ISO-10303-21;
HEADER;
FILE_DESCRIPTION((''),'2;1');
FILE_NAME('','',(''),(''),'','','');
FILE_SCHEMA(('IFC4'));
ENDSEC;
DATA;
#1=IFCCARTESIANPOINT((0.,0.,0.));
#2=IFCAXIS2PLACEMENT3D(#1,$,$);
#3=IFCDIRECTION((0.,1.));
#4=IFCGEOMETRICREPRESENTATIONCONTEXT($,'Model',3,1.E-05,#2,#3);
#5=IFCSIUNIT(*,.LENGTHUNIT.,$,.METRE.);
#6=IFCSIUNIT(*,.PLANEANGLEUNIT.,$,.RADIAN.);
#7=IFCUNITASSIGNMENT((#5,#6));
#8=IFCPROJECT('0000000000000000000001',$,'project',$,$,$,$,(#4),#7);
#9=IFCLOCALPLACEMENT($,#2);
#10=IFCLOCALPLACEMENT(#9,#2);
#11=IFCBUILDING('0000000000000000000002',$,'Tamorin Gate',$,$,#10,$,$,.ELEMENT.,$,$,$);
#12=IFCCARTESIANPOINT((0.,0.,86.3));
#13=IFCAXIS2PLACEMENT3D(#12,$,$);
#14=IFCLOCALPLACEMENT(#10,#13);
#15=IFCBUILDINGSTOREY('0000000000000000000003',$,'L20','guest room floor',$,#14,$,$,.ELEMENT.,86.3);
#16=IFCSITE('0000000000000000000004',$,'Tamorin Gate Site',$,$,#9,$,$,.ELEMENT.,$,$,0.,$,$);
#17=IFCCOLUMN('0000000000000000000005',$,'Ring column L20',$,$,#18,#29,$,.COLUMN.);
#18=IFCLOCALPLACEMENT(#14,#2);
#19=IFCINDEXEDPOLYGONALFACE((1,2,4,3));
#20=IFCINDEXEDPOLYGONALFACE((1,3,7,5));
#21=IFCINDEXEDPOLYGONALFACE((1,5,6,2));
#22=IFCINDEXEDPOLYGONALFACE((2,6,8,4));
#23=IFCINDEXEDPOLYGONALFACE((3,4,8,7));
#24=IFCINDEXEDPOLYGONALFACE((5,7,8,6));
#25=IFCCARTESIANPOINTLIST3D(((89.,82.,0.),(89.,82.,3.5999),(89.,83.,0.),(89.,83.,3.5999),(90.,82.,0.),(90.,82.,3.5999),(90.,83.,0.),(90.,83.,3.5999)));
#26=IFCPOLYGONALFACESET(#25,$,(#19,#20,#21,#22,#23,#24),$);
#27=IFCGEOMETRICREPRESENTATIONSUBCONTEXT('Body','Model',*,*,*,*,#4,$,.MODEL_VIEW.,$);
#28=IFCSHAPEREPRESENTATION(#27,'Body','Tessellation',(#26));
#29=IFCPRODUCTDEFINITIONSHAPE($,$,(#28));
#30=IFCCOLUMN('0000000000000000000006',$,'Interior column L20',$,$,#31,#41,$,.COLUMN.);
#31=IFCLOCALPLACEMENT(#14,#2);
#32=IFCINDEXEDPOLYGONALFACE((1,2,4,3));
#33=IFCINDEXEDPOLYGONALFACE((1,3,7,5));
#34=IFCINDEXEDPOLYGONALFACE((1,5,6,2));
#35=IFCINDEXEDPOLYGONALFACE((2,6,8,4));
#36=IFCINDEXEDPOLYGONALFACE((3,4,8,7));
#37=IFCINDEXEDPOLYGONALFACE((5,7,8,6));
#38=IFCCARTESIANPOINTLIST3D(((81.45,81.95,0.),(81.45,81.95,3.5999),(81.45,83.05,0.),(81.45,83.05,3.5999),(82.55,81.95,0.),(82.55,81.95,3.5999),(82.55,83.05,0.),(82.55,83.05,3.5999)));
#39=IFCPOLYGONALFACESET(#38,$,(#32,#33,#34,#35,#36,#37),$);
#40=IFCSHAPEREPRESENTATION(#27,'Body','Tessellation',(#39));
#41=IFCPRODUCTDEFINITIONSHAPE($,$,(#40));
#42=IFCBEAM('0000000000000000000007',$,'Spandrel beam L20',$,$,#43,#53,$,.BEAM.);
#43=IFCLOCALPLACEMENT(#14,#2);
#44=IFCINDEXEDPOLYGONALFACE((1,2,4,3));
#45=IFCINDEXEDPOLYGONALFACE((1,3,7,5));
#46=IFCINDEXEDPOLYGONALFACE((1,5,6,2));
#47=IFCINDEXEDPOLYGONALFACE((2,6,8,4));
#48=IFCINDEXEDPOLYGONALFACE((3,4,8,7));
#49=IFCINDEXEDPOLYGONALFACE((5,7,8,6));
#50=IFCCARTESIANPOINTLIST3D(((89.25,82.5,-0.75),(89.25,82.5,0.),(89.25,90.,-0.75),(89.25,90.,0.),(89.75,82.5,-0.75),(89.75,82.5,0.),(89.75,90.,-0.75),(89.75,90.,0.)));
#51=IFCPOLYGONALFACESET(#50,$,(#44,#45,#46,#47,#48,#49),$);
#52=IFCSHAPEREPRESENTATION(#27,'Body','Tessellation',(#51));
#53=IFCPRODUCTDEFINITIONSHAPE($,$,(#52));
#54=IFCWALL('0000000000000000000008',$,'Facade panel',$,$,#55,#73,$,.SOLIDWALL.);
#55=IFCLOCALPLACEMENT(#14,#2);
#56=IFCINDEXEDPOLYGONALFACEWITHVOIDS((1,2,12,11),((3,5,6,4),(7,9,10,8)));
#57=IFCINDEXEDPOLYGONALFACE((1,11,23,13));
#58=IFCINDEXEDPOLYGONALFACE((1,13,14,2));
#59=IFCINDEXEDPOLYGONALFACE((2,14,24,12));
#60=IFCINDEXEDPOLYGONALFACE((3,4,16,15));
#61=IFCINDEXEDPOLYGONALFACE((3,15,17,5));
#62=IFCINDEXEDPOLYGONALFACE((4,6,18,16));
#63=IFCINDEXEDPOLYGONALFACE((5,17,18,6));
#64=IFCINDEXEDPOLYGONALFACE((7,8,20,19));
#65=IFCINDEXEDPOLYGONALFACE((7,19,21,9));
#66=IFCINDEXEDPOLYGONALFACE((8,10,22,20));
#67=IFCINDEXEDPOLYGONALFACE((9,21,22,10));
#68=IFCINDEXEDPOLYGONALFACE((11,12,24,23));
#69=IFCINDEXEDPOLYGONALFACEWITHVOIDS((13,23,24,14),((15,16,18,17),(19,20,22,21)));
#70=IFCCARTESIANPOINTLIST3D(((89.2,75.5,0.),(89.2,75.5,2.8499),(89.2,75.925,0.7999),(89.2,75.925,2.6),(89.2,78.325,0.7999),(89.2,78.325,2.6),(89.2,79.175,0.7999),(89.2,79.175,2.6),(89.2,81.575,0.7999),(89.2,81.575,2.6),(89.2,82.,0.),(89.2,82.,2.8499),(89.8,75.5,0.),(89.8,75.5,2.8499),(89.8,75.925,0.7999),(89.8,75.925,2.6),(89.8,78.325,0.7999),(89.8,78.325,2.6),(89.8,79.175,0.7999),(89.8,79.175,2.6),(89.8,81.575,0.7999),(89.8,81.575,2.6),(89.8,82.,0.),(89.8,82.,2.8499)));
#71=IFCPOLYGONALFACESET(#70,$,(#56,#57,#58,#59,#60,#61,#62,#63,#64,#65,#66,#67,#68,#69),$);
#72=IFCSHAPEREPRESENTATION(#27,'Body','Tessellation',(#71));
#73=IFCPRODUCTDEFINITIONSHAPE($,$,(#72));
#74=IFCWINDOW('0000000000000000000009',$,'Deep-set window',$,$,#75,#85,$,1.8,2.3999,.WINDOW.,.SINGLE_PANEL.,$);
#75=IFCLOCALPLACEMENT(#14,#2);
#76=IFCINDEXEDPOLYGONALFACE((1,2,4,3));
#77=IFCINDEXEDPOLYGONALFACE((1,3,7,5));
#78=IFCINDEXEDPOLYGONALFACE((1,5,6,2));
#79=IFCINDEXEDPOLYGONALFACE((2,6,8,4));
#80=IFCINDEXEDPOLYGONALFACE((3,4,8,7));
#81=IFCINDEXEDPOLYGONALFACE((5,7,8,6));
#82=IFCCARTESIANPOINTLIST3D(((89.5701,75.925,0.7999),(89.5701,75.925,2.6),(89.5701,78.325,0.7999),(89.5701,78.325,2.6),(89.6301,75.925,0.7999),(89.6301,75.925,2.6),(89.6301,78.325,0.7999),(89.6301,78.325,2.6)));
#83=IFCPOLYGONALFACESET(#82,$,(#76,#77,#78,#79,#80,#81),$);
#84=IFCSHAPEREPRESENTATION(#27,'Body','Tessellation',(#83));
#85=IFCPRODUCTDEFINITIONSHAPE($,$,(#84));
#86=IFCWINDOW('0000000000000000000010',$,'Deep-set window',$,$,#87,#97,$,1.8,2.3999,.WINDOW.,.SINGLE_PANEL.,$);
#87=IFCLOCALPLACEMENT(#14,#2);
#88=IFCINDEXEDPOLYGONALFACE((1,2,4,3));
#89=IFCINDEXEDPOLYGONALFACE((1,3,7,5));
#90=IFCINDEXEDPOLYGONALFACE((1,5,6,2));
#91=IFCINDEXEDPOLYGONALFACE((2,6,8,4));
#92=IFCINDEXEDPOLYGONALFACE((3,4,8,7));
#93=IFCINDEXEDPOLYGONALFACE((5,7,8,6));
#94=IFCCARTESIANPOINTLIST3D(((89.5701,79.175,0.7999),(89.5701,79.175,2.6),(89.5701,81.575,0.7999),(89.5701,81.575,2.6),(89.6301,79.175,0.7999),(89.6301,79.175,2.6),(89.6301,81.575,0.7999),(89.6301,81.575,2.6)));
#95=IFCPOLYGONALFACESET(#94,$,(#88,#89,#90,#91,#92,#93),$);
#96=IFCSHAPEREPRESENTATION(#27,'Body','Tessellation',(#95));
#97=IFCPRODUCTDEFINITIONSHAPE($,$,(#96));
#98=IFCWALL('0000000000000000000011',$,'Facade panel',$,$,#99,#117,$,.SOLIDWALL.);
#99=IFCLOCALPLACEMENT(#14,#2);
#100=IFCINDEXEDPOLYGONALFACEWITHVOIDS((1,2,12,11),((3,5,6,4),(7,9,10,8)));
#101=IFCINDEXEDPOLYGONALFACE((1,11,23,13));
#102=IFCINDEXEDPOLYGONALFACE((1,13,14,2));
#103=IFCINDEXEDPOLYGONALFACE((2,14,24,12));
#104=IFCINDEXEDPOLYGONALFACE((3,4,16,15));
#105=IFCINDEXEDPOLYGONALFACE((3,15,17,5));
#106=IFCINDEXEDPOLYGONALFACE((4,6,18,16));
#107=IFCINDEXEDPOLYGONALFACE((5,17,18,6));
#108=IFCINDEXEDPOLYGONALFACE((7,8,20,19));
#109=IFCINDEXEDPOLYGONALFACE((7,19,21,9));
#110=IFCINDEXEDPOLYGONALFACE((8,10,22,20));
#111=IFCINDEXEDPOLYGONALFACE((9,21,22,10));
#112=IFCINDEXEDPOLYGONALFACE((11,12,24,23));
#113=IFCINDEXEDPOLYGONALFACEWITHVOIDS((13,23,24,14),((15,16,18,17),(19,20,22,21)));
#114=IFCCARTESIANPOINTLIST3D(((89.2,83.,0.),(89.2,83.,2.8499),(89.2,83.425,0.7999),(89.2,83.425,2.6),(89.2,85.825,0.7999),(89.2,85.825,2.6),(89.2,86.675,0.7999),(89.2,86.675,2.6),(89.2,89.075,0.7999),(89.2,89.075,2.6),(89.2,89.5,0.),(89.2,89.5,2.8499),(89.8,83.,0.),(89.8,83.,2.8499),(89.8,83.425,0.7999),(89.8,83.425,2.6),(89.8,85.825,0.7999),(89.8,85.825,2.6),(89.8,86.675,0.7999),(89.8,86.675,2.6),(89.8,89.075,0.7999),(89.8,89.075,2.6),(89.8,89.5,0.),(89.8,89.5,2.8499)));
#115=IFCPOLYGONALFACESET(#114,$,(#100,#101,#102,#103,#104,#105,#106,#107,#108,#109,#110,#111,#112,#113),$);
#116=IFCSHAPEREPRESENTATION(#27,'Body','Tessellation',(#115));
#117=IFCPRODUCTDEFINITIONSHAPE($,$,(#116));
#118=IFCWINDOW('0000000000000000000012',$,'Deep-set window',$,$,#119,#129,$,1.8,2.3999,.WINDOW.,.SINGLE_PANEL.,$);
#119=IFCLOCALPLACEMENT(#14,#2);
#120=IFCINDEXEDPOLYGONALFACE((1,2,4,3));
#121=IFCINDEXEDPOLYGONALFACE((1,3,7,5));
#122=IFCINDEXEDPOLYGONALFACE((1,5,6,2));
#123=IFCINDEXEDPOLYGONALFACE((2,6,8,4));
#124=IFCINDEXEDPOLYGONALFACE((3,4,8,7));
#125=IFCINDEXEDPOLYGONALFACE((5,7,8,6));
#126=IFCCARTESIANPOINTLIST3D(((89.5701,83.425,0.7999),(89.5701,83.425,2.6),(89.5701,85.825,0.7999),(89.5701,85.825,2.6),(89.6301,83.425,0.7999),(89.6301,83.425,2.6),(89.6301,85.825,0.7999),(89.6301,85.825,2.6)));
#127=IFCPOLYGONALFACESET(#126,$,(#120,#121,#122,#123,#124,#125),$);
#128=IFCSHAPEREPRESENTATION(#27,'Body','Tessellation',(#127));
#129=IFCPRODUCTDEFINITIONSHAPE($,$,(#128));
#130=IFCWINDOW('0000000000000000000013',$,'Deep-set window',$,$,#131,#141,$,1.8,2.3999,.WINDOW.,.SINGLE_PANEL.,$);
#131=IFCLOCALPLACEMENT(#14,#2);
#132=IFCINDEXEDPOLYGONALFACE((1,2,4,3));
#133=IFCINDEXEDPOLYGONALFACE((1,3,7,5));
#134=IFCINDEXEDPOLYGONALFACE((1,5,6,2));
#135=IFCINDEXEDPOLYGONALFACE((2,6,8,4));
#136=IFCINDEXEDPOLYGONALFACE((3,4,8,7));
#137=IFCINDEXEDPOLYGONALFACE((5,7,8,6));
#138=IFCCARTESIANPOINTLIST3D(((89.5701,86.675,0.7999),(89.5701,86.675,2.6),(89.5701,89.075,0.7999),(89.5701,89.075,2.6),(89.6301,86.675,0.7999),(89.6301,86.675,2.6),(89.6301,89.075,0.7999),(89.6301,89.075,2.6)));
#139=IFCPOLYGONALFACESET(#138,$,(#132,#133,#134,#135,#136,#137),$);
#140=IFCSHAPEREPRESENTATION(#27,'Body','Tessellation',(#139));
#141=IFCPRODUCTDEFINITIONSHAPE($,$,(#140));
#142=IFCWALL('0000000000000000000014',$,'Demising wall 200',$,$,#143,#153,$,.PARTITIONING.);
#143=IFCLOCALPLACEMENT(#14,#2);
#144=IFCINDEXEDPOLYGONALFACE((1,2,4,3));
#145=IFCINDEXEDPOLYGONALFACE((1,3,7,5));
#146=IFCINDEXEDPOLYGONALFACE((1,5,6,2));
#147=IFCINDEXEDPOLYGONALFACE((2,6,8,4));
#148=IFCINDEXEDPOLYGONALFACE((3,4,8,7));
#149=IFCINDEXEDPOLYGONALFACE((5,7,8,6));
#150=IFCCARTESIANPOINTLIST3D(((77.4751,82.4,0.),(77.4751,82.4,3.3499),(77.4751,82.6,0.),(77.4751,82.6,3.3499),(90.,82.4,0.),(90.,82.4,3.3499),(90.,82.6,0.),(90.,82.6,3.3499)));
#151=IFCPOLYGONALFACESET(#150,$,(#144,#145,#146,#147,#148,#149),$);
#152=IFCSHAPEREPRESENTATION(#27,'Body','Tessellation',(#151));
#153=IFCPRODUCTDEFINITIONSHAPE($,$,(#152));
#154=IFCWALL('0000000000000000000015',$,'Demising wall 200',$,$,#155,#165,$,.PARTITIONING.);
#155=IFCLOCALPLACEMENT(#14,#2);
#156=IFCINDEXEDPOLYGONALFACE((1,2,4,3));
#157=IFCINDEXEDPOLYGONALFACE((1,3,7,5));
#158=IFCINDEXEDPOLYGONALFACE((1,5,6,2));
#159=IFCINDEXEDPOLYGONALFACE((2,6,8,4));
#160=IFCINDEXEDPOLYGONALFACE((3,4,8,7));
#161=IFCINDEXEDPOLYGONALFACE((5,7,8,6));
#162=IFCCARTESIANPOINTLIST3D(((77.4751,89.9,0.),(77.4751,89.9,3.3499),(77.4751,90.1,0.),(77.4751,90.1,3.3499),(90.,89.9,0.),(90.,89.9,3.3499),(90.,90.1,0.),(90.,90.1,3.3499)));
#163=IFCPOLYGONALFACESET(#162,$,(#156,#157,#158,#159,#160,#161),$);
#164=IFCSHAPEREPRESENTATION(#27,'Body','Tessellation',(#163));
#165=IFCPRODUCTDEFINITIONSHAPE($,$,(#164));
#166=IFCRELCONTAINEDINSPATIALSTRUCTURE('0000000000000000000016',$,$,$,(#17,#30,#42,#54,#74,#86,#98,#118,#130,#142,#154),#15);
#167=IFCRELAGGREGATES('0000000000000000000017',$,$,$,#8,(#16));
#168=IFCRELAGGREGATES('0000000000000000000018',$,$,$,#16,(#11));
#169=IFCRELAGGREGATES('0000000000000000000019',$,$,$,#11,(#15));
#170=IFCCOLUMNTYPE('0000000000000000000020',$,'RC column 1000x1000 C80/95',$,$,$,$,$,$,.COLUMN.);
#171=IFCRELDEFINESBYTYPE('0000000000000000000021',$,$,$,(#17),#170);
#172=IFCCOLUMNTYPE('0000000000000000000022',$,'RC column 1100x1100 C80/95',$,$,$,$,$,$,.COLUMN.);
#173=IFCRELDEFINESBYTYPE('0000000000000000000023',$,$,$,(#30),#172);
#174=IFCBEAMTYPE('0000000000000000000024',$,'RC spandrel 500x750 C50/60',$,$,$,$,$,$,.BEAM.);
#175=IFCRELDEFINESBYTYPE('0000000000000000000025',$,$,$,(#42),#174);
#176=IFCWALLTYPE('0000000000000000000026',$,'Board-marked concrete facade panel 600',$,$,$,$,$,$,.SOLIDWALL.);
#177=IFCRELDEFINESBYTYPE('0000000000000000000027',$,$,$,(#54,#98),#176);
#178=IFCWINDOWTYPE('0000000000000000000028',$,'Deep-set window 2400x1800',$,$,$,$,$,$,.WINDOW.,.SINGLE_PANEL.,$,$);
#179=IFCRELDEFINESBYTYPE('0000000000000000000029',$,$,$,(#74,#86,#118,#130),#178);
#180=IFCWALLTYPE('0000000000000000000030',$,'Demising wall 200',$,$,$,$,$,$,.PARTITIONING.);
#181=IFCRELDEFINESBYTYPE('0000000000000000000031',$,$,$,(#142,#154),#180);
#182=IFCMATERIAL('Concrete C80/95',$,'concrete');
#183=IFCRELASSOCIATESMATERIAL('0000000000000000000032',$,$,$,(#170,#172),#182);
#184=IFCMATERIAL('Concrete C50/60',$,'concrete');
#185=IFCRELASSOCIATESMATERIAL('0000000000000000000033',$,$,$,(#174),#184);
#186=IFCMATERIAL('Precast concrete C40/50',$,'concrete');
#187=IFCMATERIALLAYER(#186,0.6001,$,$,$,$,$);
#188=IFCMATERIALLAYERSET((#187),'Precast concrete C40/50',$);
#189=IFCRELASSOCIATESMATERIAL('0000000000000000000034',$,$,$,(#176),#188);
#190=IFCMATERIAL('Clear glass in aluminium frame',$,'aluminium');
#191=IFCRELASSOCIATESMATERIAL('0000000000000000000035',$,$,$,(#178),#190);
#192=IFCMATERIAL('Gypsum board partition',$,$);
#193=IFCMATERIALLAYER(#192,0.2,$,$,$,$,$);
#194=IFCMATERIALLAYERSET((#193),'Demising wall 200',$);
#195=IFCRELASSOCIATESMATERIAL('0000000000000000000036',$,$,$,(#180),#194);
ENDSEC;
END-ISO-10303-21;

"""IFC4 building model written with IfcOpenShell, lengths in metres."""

from ifc_helpers import new_model, si_unit, direction, frame, frame_2d, origin, origin_2d, place, context, subcontext, project, spatial, rectangle, extrude, material, layer, layer_set, material_profile, profile_set, type_object, element, fill, save


model = new_model("IFC4")

# Units and contexts
model_context = context("Model", 3, precision=1e-05, world=origin(), true_north=direction((0.0, 1.0)))
body_context = subcontext(model_context, "Body", "Model", "MODEL_VIEW")
ifc_project = project(units=[si_unit("LENGTHUNIT", "METRE"), si_unit("PLANEANGLEUNIT", "RADIAN")], contexts=[model_context])

# Site, building, storey
site_placement = place(None, origin())
site = spatial("IfcSite", under=ifc_project, at=site_placement, Name="Tamorin Gate Site", CompositionType="ELEMENT", RefElevation=0.0)
building_placement = place(site_placement, origin())
building = spatial("IfcBuilding", under=site, at=building_placement, Name="Tamorin Gate", CompositionType="ELEMENT")
storey_placement = place(building_placement, frame((0.0, 0.0, 86.3)))
storey = spatial("IfcBuildingStorey", under=building, at=storey_placement, Name="L20", Description="guest room floor", CompositionType="ELEMENT", Elevation=86.3)

# Columns
ifc_material_1 = material(Name="Concrete C80/95", Category="concrete")
ifc_material_profile_1 = material_profile(ifc_material_1, rectangle(XDim=1.0, YDim=1.0, at=origin_2d()), Name="RC 1000x1000")
ifc_profile_set_1 = profile_set([ifc_material_profile_1], Name="Concrete C80/95")
column_type_1 = type_object("IfcColumnType", Name="RC column 1000x1000 C80/95", PredefinedType="COLUMN", material=ifc_profile_set_1)
column_1_placement = place(storey_placement, frame((89.5, 82.5, 0.0), z_axis=(0.0, 0.0, 1.0), x_axis=(1.0, 0.0, 0.0)))
element("IfcColumn", 1, at=column_1_placement, inside=storey, type_object=column_type_1, Name="Ring column L20", PredefinedType="COLUMN", context=body_context, shape_type="SweptSolid", body=[
    extrude(rectangle(XDim=1.0, YDim=1.0, at=origin_2d()), origin(), (0.0, 0.0, 1.0), 3.5999),
])
ifc_material_profile_2 = material_profile(ifc_material_1, rectangle(XDim=1.1001, YDim=1.1001, at=origin_2d()), Name="RC 1100x1100")
ifc_profile_set_2 = profile_set([ifc_material_profile_2], Name="Concrete C80/95")
column_type_2 = type_object("IfcColumnType", Name="RC column 1100x1100 C80/95", PredefinedType="COLUMN", material=ifc_profile_set_2)
column_2_placement = place(storey_placement, frame((82.0, 82.5, 0.0), z_axis=(0.0, 0.0, 1.0), x_axis=(1.0, 0.0, 0.0)))
element("IfcColumn", 2, at=column_2_placement, inside=storey, type_object=column_type_2, Name="Interior column L20", PredefinedType="COLUMN", context=body_context, shape_type="SweptSolid", body=[
    extrude(rectangle(XDim=1.1001, YDim=1.1001, at=origin_2d()), origin(), (0.0, 0.0, 1.0), 3.5999),
])

# Beam
ifc_material_2 = material(Name="Concrete C50/60", Category="concrete")
ifc_material_profile_3 = material_profile(ifc_material_2, rectangle(XDim=0.5, YDim=0.75, at=origin_2d()), Name="RC 500x750")
ifc_profile_set_3 = profile_set([ifc_material_profile_3], Name="Concrete C50/60")
beam_type = type_object("IfcBeamType", Name="RC spandrel 500x750 C50/60", PredefinedType="BEAM", material=ifc_profile_set_3)
beam_placement = place(storey_placement, frame((89.5, 82.5, -0.375), z_axis=(0.0, 1.0, 0.0), x_axis=(-1.0, 0.0, 0.0)))
element("IfcBeam", 3, at=beam_placement, inside=storey, type_object=beam_type, Name="Spandrel beam L20", PredefinedType="BEAM", context=body_context, shape_type="SweptSolid", body=[
    extrude(rectangle(XDim=0.5, YDim=0.75, at=origin_2d()), origin(), (0.0, 0.0, 1.0), 7.5),
])

# Walls, openings, windows
ifc_material_3 = material(Name="Precast concrete C40/50", Category="concrete")
ifc_layer_1 = layer(ifc_material_3, 0.6001)
ifc_layer_set_1 = layer_set([ifc_layer_1], Name="Precast concrete C40/50")
wall_type_1 = type_object("IfcWallType", Name="Board-marked concrete facade panel 600", PredefinedType="SOLIDWALL", material=ifc_layer_set_1)
wall_1_placement = place(storey_placement, frame((89.5, 75.5, 0.0), z_axis=(0.0, 0.0, 1.0), x_axis=(0.0, 1.0, 0.0)))
wall_1 = element("IfcWall", 4, at=wall_1_placement, inside=storey, type_object=wall_type_1, Name="Facade panel", PredefinedType="SOLIDWALL", context=body_context, shape_type="SweptSolid", body=[
    extrude(rectangle(XDim=6.5, YDim=0.6001, at=frame_2d((3.25, 0.0))), origin(), (0.0, 0.0, 1.0), 2.8499),
])
opening_1_placement = place(wall_1_placement, frame((0.425, 0.0, 0.8)))
opening_1 = element("IfcOpeningElement", 5, at=opening_1_placement, cuts=wall_1, PredefinedType="OPENING", context=body_context, shape_type="SweptSolid", body=[
    extrude(rectangle(XDim=2.3999, YDim=1.8, at=frame_2d((1.2, 0.8999))), frame((0.0, 0.3101, 0.0), z_axis=(0.0, -1.0, 0.0), x_axis=(1.0, 0.0, 0.0)), (0.0, 0.0, 1.0), 0.6201),
])
opening_2_placement = place(wall_1_placement, frame((3.675, 0.0, 0.8)))
opening_2 = element("IfcOpeningElement", 6, at=opening_2_placement, cuts=wall_1, PredefinedType="OPENING", context=body_context, shape_type="SweptSolid", body=[
    extrude(rectangle(XDim=2.3999, YDim=1.8, at=frame_2d((1.2, 0.8999))), frame((0.0, 0.3101, 0.0), z_axis=(0.0, -1.0, 0.0), x_axis=(1.0, 0.0, 0.0)), (0.0, 0.0, 1.0), 0.6201),
])
ifc_material_4 = material(Name="Clear glass in aluminium frame", Category="aluminium")
window_type = type_object("IfcWindowType", Name="Deep-set window 2400x1800", PartitioningType="SINGLE_PANEL", PredefinedType="WINDOW", material=ifc_material_4)
window_1_placement = place(opening_1_placement, origin())
window_1 = element("IfcWindow", 7, at=window_1_placement, inside=storey, type_object=window_type, Name="Deep-set window", OverallHeight=1.8, OverallWidth=2.3999, PartitioningType="SINGLE_PANEL", PredefinedType="WINDOW", context=body_context, shape_type="SweptSolid", body=[
    extrude(rectangle(XDim=2.3999, YDim=1.8, at=frame_2d((1.2, 0.8999))), frame((0.0, -0.0701, 0.0), z_axis=(0.0, -1.0, 0.0), x_axis=(1.0, 0.0, 0.0)), (0.0, 0.0, 1.0), 0.0601),
])
fill(opening_1, window_1)
window_2_placement = place(opening_2_placement, origin())
window_2 = element("IfcWindow", 8, at=window_2_placement, inside=storey, type_object=window_type, Name="Deep-set window", OverallHeight=1.8, OverallWidth=2.3999, PartitioningType="SINGLE_PANEL", PredefinedType="WINDOW", context=body_context, shape_type="SweptSolid", body=[
    extrude(rectangle(XDim=2.3999, YDim=1.8, at=frame_2d((1.2, 0.8999))), frame((0.0, -0.0701, 0.0), z_axis=(0.0, -1.0, 0.0), x_axis=(1.0, 0.0, 0.0)), (0.0, 0.0, 1.0), 0.0601),
])
fill(opening_2, window_2)
wall_2_placement = place(storey_placement, frame((89.5, 83.0, 0.0), z_axis=(0.0, 0.0, 1.0), x_axis=(0.0, 1.0, 0.0)))
wall_2 = element("IfcWall", 9, at=wall_2_placement, inside=storey, type_object=wall_type_1, Name="Facade panel", PredefinedType="SOLIDWALL", context=body_context, shape_type="SweptSolid", body=[
    extrude(rectangle(XDim=6.5, YDim=0.6001, at=frame_2d((3.25, 0.0))), origin(), (0.0, 0.0, 1.0), 2.8499),
])
opening_3_placement = place(wall_2_placement, frame((0.425, 0.0, 0.8)))
opening_3 = element("IfcOpeningElement", 10, at=opening_3_placement, cuts=wall_2, PredefinedType="OPENING", context=body_context, shape_type="SweptSolid", body=[
    extrude(rectangle(XDim=2.3999, YDim=1.8, at=frame_2d((1.2, 0.8999))), frame((0.0, 0.3101, 0.0), z_axis=(0.0, -1.0, 0.0), x_axis=(1.0, 0.0, 0.0)), (0.0, 0.0, 1.0), 0.6201),
])
opening_4_placement = place(wall_2_placement, frame((3.675, 0.0, 0.8)))
opening_4 = element("IfcOpeningElement", 11, at=opening_4_placement, cuts=wall_2, PredefinedType="OPENING", context=body_context, shape_type="SweptSolid", body=[
    extrude(rectangle(XDim=2.3999, YDim=1.8, at=frame_2d((1.2, 0.8999))), frame((0.0, 0.3101, 0.0), z_axis=(0.0, -1.0, 0.0), x_axis=(1.0, 0.0, 0.0)), (0.0, 0.0, 1.0), 0.6201),
])
window_3_placement = place(opening_3_placement, origin())
window_3 = element("IfcWindow", 12, at=window_3_placement, inside=storey, type_object=window_type, Name="Deep-set window", OverallHeight=1.8, OverallWidth=2.3999, PartitioningType="SINGLE_PANEL", PredefinedType="WINDOW", context=body_context, shape_type="SweptSolid", body=[
    extrude(rectangle(XDim=2.3999, YDim=1.8, at=frame_2d((1.2, 0.8999))), frame((0.0, -0.0701, 0.0), z_axis=(0.0, -1.0, 0.0), x_axis=(1.0, 0.0, 0.0)), (0.0, 0.0, 1.0), 0.0601),
])
fill(opening_3, window_3)
window_4_placement = place(opening_4_placement, origin())
window_4 = element("IfcWindow", 13, at=window_4_placement, inside=storey, type_object=window_type, Name="Deep-set window", OverallHeight=1.8, OverallWidth=2.3999, PartitioningType="SINGLE_PANEL", PredefinedType="WINDOW", context=body_context, shape_type="SweptSolid", body=[
    extrude(rectangle(XDim=2.3999, YDim=1.8, at=frame_2d((1.2, 0.8999))), frame((0.0, -0.0701, 0.0), z_axis=(0.0, -1.0, 0.0), x_axis=(1.0, 0.0, 0.0)), (0.0, 0.0, 1.0), 0.0601),
])
fill(opening_4, window_4)

# Walls
ifc_material_5 = material(Name="Gypsum board partition")
ifc_layer_2 = layer(ifc_material_5, 0.2)
ifc_layer_set_2 = layer_set([ifc_layer_2], Name="Demising wall 200")
wall_type_2 = type_object("IfcWallType", Name="Demising wall 200", PredefinedType="PARTITIONING", material=ifc_layer_set_2)
for number, where, z_axis, x_axis, name in (
    (14, (77.4751, 82.5, 0.0), (0.0, 0.0, 1.0), (1.0, 0.0, 0.0), "Demising wall 200"),
    (15, (77.4751, 90.0, 0.0), (0.0, 0.0, 1.0), (1.0, 0.0, 0.0), "Demising wall 200"),
):
    element("IfcWall", number, at=place(storey_placement, frame(where, z_axis=z_axis, x_axis=x_axis)), inside=storey, type_object=wall_type_2, Name=name, PredefinedType="PARTITIONING", context=body_context, shape_type="SweptSolid", body=[
        extrude(rectangle(XDim=12.5249, YDim=0.2, at=frame_2d((6.2625, 0.0))), origin(), (0.0, 0.0, 1.0), 3.3499),
    ])

save(model, "model.ifc")
